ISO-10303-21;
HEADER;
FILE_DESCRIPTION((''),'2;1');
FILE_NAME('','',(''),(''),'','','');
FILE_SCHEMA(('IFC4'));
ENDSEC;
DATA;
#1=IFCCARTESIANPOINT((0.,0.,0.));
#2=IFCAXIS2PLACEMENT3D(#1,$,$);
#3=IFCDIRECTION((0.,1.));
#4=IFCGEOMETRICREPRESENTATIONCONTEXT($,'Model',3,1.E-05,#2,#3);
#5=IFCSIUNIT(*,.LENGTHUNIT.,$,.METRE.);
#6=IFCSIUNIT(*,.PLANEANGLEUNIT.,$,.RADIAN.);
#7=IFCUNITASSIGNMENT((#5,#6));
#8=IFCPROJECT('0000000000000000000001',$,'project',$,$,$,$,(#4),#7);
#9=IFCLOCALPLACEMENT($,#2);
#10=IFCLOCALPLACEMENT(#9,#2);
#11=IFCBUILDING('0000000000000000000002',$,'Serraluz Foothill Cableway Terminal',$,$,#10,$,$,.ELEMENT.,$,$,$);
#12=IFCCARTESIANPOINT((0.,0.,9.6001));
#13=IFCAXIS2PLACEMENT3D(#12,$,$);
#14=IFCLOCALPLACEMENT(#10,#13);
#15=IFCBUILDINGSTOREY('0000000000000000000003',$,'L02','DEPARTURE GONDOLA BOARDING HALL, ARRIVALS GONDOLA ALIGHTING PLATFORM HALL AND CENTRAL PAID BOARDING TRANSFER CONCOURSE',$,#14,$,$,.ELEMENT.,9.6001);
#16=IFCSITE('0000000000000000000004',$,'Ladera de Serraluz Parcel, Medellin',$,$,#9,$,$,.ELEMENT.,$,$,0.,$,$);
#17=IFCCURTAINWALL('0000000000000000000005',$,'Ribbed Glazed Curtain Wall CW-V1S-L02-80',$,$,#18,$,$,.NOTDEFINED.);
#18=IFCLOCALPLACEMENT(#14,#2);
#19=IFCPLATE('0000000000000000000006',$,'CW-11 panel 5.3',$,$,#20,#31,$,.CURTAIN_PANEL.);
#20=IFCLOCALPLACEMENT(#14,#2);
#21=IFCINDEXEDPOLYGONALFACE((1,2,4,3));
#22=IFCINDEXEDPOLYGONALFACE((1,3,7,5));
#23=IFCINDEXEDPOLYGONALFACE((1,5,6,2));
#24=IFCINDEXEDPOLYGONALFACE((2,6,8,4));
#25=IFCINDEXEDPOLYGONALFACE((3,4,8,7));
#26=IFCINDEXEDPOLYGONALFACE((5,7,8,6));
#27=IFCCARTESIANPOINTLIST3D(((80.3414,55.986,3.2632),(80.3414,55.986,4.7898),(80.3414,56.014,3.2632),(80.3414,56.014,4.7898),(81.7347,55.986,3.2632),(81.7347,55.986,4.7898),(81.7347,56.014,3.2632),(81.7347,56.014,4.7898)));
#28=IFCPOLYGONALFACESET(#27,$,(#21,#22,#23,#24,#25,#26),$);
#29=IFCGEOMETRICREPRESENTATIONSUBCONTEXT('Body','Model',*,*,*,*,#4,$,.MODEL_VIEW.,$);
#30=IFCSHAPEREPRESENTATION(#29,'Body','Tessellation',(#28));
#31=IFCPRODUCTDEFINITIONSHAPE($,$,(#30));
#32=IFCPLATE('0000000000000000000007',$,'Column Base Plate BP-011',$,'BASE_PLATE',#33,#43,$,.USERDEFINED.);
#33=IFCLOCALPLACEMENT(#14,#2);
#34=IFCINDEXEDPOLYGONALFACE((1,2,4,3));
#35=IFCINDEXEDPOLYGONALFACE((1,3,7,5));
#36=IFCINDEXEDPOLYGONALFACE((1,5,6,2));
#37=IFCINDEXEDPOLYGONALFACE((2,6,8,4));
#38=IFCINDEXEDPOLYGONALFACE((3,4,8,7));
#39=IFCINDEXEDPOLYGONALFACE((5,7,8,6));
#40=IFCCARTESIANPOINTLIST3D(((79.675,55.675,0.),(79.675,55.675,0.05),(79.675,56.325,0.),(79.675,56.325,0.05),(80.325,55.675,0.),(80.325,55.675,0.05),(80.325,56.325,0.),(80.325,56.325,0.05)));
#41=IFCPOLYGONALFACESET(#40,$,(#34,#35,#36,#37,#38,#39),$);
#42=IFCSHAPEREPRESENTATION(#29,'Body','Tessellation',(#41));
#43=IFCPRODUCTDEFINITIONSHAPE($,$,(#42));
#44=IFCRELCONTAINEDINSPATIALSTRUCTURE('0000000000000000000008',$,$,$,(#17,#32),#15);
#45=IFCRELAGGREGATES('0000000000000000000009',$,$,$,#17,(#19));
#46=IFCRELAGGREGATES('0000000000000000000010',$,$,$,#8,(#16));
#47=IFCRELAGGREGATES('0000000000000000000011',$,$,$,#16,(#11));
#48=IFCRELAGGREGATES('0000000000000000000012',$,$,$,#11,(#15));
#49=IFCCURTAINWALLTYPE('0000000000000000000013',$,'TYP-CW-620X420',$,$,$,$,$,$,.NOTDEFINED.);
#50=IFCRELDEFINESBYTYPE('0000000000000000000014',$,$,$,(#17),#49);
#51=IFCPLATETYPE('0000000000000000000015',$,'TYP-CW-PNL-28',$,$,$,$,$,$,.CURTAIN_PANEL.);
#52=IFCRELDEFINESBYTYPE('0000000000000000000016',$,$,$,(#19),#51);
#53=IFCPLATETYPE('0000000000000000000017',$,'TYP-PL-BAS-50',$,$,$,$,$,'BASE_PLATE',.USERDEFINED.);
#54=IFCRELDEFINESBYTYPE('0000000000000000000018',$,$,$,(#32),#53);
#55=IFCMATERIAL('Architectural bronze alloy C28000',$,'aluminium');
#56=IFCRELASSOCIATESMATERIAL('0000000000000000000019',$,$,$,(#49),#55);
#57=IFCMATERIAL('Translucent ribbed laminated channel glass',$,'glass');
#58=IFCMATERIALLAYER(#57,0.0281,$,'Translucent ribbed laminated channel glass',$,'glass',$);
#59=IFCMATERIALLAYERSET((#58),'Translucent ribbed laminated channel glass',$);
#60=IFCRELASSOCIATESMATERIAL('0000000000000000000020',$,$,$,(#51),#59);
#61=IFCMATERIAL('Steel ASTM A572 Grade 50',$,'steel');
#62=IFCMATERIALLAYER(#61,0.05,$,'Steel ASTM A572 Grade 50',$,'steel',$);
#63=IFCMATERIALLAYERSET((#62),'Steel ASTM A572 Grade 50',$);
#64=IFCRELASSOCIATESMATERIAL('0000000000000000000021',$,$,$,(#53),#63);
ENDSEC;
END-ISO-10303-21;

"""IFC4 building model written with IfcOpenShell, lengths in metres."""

from ifc_helpers import new_model, si_unit, direction, frame, origin, origin_2d, place, context, subcontext, project, spatial, rectangle, extrude, material, layer, layer_set, type_object, element, aggregate, save


model = new_model("IFC4")

# Units and contexts
model_context = context("Model", 3, precision=1e-05, world=origin(), true_north=direction((0.0, 1.0)))
body_context = subcontext(model_context, "Body", "Model", "MODEL_VIEW")
ifc_project = project(units=[si_unit("LENGTHUNIT", "METRE"), si_unit("PLANEANGLEUNIT", "RADIAN")], contexts=[model_context])

# Site, building, storey
site_placement = place(None, origin())
site = spatial("IfcSite", under=ifc_project, at=site_placement, Name="Ladera de Serraluz Parcel, Medellin", CompositionType="ELEMENT", RefElevation=0.0)
building_placement = place(site_placement, origin())
building = spatial("IfcBuilding", under=site, at=building_placement, Name="Serraluz Foothill Cableway Terminal", CompositionType="ELEMENT")
storey_placement = place(building_placement, frame((0.0, 0.0, 9.6001)))
storey = spatial("IfcBuildingStorey", under=building, at=storey_placement, Name="L02", Description="DEPARTURE GONDOLA BOARDING HALL, ARRIVALS GONDOLA ALIGHTING PLATFORM HALL AND CENTRAL PAID BOARDING TRANSFER CONCOURSE", CompositionType="ELEMENT", Elevation=9.6001)

# Shared definitions
ifc_material_1 = material(Name="Architectural bronze alloy C28000", Category="aluminium")

# Curtain wall
curtain_wall_type_1 = type_object("IfcCurtainWallType", Name="TYP-CW-620X420", PredefinedType="NOTDEFINED", material=ifc_material_1)
curtain_wall_1_placement = place(storey_placement, origin())
curtain_wall_1 = element("IfcCurtainWall", 1, at=curtain_wall_1_placement, inside=storey, type_object=curtain_wall_type_1, Name="Ribbed Glazed Curtain Wall CW-V1S-L02-80", PredefinedType="NOTDEFINED")

# Plates
ifc_material_2 = material(Name="Translucent ribbed laminated channel glass", Category="glass")
ifc_layer_1 = layer(ifc_material_2, 0.0281, Name="Translucent ribbed laminated channel glass", Category="glass")
ifc_layer_set_1 = layer_set([ifc_layer_1], Name="Translucent ribbed laminated channel glass")
plate_type_1 = type_object("IfcPlateType", Name="TYP-CW-PNL-28", PredefinedType="CURTAIN_PANEL", material=ifc_layer_set_1)
plate_1_placement = place(storey_placement, frame((81.0381, 56.0, 3.2632), z_axis=(0.0, 0.0, 1.0), x_axis=(-1.0, 0.0, 0.0)))
plate_1 = element("IfcPlate", 2, at=plate_1_placement, type_object=plate_type_1, Name="CW-11 panel 5.3", PredefinedType="CURTAIN_PANEL", context=body_context, shape_type="SweptSolid", body=[
    extrude(rectangle(XDim=1.3933, YDim=0.0281, at=origin_2d()), origin(), (0.0, 0.0, 1.0), 1.5266),
])
aggregate(curtain_wall_1, [plate_1])
ifc_material_3 = material(Name="Steel ASTM A572 Grade 50", Category="steel")
ifc_layer_2 = layer(ifc_material_3, 0.05, Name="Steel ASTM A572 Grade 50", Category="steel")
ifc_layer_set_2 = layer_set([ifc_layer_2], Name="Steel ASTM A572 Grade 50")
plate_type_2 = type_object("IfcPlateType", Name="TYP-PL-BAS-50", ElementType="BASE_PLATE", PredefinedType="USERDEFINED", material=ifc_layer_set_2)
plate_2_placement = place(storey_placement, frame((80.0, 56.0, 0.0), z_axis=(0.0, 0.0, 1.0), x_axis=(1.0, 0.0, 0.0)))
element("IfcPlate", 3, at=plate_2_placement, inside=storey, type_object=plate_type_2, Name="Column Base Plate BP-011", ObjectType="BASE_PLATE", PredefinedType="USERDEFINED", context=body_context, shape_type="SweptSolid", body=[
    extrude(rectangle(XDim=0.6499, YDim=0.6499, at=origin_2d()), origin(), (0.0, 0.0, 1.0), 0.05),
])

save(model, "model.ifc")
